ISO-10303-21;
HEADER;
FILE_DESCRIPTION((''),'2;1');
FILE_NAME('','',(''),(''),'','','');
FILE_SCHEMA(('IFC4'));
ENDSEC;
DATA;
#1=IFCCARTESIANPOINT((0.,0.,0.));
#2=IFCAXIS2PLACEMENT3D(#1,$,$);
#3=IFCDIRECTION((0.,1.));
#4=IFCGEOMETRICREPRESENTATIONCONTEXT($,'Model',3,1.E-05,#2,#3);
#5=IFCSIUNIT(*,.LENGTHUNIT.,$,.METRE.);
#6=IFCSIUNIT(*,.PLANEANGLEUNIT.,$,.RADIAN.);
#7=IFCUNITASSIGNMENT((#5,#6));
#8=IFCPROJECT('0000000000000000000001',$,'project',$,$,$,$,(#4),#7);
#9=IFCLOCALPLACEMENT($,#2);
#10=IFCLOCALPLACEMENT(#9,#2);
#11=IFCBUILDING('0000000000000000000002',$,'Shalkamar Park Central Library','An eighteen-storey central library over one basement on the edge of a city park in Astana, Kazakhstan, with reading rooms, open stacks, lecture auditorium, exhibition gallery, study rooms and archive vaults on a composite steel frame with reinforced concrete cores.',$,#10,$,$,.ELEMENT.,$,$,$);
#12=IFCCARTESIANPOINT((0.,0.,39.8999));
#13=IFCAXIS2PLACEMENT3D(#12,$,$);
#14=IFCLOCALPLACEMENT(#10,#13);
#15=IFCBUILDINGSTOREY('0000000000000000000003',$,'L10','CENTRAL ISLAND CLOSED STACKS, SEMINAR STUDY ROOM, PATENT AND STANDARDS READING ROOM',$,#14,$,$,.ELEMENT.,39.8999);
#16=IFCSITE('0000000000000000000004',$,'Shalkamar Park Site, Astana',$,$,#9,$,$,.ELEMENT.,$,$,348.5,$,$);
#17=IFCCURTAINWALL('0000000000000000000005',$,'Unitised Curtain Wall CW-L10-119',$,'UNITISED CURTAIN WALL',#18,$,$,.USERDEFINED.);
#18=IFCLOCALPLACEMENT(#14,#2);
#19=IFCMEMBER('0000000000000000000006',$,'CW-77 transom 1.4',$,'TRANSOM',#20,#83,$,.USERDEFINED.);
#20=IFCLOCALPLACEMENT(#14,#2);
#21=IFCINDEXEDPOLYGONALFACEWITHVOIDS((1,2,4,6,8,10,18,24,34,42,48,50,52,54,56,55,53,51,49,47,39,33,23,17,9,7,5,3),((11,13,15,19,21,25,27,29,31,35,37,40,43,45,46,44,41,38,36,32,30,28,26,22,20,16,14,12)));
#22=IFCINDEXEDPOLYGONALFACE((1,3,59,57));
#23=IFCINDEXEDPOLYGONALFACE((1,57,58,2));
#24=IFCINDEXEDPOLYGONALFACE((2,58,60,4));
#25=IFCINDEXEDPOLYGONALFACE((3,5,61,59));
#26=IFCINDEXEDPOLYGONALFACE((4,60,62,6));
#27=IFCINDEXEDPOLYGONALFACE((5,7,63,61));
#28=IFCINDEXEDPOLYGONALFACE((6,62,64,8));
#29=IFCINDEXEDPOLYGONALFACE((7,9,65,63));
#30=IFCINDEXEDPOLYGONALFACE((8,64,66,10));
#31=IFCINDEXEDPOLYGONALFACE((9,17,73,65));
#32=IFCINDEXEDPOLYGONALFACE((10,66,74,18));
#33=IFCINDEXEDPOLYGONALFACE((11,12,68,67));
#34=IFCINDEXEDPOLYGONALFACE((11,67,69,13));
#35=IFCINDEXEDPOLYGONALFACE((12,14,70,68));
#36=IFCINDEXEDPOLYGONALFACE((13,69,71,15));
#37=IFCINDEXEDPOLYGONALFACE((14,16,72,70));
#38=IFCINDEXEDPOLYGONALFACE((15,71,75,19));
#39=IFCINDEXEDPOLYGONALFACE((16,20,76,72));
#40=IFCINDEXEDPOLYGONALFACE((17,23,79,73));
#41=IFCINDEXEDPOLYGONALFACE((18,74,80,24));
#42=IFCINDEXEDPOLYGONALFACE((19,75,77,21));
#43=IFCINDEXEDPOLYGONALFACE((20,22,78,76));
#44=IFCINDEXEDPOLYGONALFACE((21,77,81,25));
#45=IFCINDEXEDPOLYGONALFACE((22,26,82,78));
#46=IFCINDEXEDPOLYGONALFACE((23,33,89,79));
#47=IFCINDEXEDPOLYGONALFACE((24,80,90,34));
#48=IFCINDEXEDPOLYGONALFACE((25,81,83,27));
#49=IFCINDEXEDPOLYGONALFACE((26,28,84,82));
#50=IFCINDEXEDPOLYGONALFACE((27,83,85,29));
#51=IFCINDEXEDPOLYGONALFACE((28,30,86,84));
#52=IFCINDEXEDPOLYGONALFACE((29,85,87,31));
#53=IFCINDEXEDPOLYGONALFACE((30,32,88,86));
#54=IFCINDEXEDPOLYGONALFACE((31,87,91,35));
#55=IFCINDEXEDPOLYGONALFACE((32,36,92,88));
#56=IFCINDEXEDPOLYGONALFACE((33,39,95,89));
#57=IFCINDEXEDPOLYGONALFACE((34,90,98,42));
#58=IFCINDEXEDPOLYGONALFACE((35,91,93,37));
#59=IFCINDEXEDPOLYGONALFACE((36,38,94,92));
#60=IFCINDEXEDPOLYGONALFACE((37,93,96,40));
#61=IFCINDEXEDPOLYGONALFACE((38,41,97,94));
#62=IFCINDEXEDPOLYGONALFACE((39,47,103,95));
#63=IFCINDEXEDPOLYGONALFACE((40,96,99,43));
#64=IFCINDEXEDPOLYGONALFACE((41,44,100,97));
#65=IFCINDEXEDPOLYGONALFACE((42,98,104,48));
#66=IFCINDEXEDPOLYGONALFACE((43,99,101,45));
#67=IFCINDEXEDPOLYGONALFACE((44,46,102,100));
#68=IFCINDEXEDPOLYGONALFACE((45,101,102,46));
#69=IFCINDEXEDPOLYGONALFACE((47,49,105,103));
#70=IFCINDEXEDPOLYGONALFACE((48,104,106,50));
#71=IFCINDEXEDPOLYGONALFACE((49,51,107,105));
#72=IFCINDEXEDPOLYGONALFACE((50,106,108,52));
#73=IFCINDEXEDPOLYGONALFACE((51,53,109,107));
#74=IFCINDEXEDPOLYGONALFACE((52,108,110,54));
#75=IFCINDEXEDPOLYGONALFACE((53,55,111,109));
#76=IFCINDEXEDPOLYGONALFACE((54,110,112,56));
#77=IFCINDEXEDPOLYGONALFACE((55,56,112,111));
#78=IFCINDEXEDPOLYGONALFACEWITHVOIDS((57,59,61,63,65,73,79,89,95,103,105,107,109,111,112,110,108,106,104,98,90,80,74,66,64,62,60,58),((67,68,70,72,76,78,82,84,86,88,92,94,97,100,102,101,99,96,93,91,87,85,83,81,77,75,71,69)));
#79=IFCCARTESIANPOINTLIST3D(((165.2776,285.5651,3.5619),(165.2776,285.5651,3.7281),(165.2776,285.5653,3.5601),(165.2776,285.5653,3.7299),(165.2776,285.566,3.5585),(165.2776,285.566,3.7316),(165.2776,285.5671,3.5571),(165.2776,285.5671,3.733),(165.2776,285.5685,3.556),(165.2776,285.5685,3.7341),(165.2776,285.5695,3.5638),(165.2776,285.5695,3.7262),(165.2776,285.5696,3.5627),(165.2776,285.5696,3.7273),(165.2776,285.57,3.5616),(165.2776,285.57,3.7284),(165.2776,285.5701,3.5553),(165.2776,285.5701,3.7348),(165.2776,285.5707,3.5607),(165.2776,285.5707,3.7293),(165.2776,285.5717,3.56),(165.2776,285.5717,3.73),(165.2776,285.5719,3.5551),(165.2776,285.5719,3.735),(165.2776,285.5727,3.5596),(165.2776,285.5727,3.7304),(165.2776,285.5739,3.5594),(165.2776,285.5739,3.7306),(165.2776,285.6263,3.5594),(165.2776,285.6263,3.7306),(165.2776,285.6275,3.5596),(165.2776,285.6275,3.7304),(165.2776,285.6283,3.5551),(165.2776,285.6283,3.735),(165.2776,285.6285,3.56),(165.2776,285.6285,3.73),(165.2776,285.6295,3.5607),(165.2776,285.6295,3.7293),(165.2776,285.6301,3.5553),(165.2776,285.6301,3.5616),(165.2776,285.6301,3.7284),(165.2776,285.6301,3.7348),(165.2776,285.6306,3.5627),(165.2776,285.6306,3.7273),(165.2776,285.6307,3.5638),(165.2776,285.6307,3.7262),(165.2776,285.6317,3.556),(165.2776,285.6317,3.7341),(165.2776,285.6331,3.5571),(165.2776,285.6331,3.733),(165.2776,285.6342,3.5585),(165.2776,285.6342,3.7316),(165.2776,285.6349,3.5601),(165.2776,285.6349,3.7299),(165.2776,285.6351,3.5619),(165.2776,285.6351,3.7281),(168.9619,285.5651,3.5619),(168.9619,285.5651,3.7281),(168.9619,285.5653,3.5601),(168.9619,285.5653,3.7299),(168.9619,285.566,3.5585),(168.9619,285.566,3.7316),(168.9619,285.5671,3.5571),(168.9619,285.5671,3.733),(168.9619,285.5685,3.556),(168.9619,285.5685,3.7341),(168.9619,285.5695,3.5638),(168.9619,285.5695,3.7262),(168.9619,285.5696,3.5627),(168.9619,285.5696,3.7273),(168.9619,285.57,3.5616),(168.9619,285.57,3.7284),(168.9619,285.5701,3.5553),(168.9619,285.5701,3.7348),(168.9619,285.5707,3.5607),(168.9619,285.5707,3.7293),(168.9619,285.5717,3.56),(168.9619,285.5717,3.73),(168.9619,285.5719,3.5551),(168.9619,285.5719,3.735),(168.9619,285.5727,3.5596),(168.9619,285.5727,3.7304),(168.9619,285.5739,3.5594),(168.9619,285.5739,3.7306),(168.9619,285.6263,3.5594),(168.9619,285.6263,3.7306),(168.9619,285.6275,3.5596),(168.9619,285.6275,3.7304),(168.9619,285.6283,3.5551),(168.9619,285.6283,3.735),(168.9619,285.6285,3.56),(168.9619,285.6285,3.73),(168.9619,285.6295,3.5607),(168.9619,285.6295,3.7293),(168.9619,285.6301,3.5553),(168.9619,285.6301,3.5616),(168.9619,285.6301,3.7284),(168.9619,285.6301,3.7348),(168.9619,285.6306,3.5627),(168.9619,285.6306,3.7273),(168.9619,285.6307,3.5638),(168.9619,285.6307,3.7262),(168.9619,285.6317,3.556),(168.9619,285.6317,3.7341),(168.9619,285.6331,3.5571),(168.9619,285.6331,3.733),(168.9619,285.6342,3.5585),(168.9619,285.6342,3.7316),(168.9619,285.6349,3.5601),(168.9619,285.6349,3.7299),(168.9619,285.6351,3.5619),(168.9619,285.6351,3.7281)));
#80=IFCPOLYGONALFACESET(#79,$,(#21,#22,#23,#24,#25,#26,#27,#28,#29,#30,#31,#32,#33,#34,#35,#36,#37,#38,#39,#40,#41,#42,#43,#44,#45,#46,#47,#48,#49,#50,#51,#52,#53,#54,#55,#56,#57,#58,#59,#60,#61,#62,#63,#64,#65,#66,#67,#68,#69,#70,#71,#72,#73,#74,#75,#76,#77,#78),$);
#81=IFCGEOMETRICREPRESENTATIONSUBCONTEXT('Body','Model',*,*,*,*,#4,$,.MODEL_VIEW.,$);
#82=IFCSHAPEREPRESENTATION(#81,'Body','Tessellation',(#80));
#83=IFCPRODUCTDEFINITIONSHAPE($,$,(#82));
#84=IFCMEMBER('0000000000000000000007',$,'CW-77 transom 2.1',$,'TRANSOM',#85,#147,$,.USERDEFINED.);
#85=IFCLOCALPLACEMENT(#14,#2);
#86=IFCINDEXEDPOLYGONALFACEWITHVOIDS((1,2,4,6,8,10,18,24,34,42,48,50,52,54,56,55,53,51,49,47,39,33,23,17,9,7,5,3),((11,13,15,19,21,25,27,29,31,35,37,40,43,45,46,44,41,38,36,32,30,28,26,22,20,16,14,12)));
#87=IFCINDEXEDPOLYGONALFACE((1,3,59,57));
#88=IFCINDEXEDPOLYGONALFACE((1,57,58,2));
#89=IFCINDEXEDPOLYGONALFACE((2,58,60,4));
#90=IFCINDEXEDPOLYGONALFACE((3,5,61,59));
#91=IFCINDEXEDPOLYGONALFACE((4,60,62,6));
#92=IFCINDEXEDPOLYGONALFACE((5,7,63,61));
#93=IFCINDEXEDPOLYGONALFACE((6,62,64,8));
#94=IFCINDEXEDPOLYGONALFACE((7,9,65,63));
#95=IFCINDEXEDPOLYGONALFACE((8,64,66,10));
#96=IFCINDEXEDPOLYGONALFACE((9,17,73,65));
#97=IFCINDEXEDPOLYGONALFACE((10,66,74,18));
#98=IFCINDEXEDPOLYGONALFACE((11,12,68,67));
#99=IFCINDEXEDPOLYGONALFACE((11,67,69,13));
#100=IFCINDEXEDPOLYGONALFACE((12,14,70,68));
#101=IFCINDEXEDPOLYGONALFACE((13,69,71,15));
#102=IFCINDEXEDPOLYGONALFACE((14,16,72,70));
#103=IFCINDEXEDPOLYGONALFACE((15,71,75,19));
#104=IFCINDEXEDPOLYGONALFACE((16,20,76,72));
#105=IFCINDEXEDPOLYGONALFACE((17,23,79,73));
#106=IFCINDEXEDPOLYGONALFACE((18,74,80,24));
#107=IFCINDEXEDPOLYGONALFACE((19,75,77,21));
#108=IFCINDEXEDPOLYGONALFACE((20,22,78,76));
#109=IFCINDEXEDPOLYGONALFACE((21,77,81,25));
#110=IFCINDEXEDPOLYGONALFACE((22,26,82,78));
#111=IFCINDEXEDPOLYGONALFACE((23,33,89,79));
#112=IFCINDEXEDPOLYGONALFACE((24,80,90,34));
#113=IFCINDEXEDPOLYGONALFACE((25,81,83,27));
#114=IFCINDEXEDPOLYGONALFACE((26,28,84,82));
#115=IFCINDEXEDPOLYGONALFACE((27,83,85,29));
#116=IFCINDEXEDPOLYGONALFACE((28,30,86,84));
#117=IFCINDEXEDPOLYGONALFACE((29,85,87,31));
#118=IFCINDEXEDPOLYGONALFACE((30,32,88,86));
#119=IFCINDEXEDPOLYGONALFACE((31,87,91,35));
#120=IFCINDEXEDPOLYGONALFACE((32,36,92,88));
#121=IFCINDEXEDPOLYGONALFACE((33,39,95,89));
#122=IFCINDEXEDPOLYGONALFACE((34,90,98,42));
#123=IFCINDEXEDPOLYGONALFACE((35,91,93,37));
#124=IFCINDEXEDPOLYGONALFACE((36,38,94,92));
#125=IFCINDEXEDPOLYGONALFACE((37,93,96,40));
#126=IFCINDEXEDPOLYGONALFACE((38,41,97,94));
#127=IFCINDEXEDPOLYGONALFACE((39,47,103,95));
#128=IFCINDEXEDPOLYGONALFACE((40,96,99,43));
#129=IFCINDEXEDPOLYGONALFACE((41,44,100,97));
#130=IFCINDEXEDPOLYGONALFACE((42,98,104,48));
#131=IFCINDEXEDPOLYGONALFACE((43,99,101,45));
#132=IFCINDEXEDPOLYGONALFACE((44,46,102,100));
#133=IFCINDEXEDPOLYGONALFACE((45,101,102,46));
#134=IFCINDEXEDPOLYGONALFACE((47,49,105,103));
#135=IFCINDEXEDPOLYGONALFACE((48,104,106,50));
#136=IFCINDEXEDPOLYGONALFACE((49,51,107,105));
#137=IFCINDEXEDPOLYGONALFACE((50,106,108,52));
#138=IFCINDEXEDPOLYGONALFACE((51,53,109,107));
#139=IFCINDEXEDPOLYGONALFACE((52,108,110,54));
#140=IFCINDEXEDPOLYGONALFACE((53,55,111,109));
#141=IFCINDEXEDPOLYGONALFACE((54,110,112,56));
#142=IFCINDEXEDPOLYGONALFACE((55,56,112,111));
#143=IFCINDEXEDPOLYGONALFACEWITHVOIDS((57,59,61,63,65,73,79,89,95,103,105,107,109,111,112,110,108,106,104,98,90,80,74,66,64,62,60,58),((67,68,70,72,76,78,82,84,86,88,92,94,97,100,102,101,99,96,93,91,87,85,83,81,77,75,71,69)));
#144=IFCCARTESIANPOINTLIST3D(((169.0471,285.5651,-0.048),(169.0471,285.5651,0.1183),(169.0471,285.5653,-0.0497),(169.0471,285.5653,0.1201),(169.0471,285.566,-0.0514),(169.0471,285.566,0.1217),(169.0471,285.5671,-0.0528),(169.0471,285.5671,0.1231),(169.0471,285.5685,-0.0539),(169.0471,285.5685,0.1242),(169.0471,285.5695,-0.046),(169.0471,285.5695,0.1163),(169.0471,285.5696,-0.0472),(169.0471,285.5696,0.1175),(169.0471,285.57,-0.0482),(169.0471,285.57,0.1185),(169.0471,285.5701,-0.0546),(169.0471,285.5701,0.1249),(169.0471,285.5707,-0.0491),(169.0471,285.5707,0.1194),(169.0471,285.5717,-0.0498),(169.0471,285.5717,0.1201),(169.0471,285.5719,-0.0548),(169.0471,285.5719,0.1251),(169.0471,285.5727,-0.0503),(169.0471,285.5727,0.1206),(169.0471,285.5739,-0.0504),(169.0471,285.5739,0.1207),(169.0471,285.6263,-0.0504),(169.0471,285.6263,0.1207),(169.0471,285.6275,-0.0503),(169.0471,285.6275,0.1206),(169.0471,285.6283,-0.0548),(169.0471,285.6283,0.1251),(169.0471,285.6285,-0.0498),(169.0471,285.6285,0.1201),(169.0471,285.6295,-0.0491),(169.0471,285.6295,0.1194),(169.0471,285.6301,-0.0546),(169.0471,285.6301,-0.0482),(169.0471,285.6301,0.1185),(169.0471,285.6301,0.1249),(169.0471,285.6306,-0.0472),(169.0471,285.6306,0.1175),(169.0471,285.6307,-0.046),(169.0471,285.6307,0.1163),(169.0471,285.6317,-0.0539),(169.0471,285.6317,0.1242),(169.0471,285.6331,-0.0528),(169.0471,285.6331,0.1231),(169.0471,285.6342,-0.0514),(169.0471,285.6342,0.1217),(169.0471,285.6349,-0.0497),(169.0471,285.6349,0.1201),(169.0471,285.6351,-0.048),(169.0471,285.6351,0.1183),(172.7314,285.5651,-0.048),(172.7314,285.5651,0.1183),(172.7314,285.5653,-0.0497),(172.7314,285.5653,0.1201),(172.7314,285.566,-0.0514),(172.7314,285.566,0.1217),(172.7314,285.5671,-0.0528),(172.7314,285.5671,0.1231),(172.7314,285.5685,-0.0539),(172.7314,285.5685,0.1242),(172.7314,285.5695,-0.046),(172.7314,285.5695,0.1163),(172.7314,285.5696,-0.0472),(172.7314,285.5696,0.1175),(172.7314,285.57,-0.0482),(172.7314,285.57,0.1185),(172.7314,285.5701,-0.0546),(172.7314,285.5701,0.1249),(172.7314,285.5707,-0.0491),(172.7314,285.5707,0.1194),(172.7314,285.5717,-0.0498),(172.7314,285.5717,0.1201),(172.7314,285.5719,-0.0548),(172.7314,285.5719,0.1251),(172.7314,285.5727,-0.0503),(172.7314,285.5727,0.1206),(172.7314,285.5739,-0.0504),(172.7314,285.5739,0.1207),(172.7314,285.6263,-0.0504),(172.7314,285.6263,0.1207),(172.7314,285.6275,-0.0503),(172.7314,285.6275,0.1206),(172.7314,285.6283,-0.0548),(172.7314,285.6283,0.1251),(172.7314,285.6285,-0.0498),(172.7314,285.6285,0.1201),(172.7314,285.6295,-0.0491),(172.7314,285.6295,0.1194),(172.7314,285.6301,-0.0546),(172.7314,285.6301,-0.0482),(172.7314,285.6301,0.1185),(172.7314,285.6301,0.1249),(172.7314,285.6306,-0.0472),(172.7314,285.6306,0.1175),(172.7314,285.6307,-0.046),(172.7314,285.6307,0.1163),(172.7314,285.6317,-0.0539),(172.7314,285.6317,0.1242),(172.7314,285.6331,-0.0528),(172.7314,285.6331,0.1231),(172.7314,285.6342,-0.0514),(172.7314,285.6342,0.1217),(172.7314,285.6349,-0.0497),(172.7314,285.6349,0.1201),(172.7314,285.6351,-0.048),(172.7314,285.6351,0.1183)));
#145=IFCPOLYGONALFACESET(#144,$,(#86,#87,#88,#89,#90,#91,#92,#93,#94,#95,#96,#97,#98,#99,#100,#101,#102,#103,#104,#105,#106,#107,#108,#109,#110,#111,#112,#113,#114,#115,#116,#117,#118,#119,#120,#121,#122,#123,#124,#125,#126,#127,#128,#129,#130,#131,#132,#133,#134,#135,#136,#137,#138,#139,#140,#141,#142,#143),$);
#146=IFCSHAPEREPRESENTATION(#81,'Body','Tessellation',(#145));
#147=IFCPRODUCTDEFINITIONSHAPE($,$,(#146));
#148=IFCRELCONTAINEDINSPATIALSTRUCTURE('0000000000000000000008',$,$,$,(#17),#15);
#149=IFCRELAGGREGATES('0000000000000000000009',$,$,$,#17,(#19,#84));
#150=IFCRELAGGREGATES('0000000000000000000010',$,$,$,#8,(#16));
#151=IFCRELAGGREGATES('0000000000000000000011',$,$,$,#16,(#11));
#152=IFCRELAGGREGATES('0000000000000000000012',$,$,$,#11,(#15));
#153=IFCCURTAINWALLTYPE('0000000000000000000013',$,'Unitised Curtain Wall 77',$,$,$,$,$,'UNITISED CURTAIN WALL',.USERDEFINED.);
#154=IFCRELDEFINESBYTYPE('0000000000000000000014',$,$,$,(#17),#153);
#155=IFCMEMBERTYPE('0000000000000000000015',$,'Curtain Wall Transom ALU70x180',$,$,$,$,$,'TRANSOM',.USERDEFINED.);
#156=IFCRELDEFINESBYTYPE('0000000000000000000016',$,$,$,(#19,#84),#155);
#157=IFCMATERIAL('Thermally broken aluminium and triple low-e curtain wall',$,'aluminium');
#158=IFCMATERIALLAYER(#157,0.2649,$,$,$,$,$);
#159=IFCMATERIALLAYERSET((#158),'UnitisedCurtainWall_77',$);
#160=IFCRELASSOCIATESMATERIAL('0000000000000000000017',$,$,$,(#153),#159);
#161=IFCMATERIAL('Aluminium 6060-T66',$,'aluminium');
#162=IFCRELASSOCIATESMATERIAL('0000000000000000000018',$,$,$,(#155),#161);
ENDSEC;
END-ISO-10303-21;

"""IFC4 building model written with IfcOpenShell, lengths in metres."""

from ifc_helpers import new_model, si_unit, direction, frame, origin, origin_2d, place, context, subcontext, project, spatial, hollow_rectangle, extrude, material, layer, layer_set, material_profile, profile_set, type_object, element, aggregate, save


model = new_model("IFC4")

# Units and contexts
model_context = context("Model", 3, precision=1e-05, world=origin(), true_north=direction((0.0, 1.0)))
body_context = subcontext(model_context, "Body", "Model", "MODEL_VIEW")
ifc_project = project(units=[si_unit("LENGTHUNIT", "METRE"), si_unit("PLANEANGLEUNIT", "RADIAN")], contexts=[model_context])

# Site, building, storey
site_placement = place(None, origin())
site = spatial("IfcSite", under=ifc_project, at=site_placement, Name="Shalkamar Park Site, Astana", CompositionType="ELEMENT", RefElevation=348.5)
building_placement = place(site_placement, origin())
building = spatial("IfcBuilding", under=site, at=building_placement, Name="Shalkamar Park Central Library", Description="An eighteen-storey central library over one basement on the edge of a city park in Astana, Kazakhstan, with reading rooms, open stacks, lecture auditorium, exhibition gallery, study rooms and archive vaults on a composite steel frame with reinforced concrete cores.", CompositionType="ELEMENT")
storey_placement = place(building_placement, frame((0.0, 0.0, 39.8999)))
storey = spatial("IfcBuildingStorey", under=building, at=storey_placement, Name="L10", Description="CENTRAL ISLAND CLOSED STACKS, SEMINAR STUDY ROOM, PATENT AND STANDARDS READING ROOM", CompositionType="ELEMENT", Elevation=39.8999)

# Curtain wall
ifc_material_1 = material(Name="Thermally broken aluminium and triple low-e curtain wall", Category="aluminium")
ifc_layer_1 = layer(ifc_material_1, 0.2649)
ifc_layer_set_1 = layer_set([ifc_layer_1], Name="UnitisedCurtainWall_77")
curtain_wall_type_1 = type_object("IfcCurtainWallType", Name="Unitised Curtain Wall 77", ElementType="UNITISED CURTAIN WALL", PredefinedType="USERDEFINED", material=ifc_layer_set_1)
curtain_wall_1_placement = place(storey_placement, origin())
curtain_wall_1 = element("IfcCurtainWall", 1, at=curtain_wall_1_placement, inside=storey, type_object=curtain_wall_type_1, Name="Unitised Curtain Wall CW-L10-119", ObjectType="UNITISED CURTAIN WALL", PredefinedType="USERDEFINED")
ifc_material_2 = material(Name="Aluminium 6060-T66", Category="aluminium")

# Members
ifc_material_profile_1 = material_profile(ifc_material_2, hollow_rectangle(XDim=0.0701, YDim=0.1799, WallThickness=0.0044, InnerFilletRadius=0.0044, OuterFilletRadius=0.0068, at=origin_2d()), Name="ALU 70x180x4.5")
ifc_profile_set_1 = profile_set([ifc_material_profile_1], Name="Aluminium 6060-T66")
member_type_1 = type_object("IfcMemberType", Name="Curtain Wall Transom ALU70x180", ElementType="TRANSOM", PredefinedType="USERDEFINED", material=ifc_profile_set_1)
member_1_placement = place(storey_placement, frame((165.2776, 285.6001, 3.645), z_axis=(1.0, 0.0, 0.0), x_axis=(0.0, 1.0, 0.0)))
member_1 = element("IfcMember", 2, at=member_1_placement, type_object=member_type_1, Name="CW-77 transom 1.4", ObjectType="TRANSOM", PredefinedType="USERDEFINED", context=body_context, shape_type="SweptSolid", body=[
    extrude(hollow_rectangle(XDim=0.0701, YDim=0.1799, WallThickness=0.0044, InnerFilletRadius=0.0044, OuterFilletRadius=0.0068, at=origin_2d()), origin(), (0.0, 0.0, 1.0), 3.6843),
])
member_2_placement = place(storey_placement, frame((169.0471, 285.6001, 0.0352), z_axis=(1.0, 0.0, 0.0), x_axis=(0.0, 1.0, 0.0)))
member_2 = element("IfcMember", 3, at=member_2_placement, type_object=member_type_1, Name="CW-77 transom 2.1", ObjectType="TRANSOM", PredefinedType="USERDEFINED", context=body_context, shape_type="SweptSolid", body=[
    extrude(hollow_rectangle(XDim=0.0701, YDim=0.1799, WallThickness=0.0044, InnerFilletRadius=0.0044, OuterFilletRadius=0.0068, at=origin_2d()), origin(), (0.0, 0.0, 1.0), 3.6843),
])

aggregate(curtain_wall_1, [member_1, member_2])

save(model, "model.ifc")
